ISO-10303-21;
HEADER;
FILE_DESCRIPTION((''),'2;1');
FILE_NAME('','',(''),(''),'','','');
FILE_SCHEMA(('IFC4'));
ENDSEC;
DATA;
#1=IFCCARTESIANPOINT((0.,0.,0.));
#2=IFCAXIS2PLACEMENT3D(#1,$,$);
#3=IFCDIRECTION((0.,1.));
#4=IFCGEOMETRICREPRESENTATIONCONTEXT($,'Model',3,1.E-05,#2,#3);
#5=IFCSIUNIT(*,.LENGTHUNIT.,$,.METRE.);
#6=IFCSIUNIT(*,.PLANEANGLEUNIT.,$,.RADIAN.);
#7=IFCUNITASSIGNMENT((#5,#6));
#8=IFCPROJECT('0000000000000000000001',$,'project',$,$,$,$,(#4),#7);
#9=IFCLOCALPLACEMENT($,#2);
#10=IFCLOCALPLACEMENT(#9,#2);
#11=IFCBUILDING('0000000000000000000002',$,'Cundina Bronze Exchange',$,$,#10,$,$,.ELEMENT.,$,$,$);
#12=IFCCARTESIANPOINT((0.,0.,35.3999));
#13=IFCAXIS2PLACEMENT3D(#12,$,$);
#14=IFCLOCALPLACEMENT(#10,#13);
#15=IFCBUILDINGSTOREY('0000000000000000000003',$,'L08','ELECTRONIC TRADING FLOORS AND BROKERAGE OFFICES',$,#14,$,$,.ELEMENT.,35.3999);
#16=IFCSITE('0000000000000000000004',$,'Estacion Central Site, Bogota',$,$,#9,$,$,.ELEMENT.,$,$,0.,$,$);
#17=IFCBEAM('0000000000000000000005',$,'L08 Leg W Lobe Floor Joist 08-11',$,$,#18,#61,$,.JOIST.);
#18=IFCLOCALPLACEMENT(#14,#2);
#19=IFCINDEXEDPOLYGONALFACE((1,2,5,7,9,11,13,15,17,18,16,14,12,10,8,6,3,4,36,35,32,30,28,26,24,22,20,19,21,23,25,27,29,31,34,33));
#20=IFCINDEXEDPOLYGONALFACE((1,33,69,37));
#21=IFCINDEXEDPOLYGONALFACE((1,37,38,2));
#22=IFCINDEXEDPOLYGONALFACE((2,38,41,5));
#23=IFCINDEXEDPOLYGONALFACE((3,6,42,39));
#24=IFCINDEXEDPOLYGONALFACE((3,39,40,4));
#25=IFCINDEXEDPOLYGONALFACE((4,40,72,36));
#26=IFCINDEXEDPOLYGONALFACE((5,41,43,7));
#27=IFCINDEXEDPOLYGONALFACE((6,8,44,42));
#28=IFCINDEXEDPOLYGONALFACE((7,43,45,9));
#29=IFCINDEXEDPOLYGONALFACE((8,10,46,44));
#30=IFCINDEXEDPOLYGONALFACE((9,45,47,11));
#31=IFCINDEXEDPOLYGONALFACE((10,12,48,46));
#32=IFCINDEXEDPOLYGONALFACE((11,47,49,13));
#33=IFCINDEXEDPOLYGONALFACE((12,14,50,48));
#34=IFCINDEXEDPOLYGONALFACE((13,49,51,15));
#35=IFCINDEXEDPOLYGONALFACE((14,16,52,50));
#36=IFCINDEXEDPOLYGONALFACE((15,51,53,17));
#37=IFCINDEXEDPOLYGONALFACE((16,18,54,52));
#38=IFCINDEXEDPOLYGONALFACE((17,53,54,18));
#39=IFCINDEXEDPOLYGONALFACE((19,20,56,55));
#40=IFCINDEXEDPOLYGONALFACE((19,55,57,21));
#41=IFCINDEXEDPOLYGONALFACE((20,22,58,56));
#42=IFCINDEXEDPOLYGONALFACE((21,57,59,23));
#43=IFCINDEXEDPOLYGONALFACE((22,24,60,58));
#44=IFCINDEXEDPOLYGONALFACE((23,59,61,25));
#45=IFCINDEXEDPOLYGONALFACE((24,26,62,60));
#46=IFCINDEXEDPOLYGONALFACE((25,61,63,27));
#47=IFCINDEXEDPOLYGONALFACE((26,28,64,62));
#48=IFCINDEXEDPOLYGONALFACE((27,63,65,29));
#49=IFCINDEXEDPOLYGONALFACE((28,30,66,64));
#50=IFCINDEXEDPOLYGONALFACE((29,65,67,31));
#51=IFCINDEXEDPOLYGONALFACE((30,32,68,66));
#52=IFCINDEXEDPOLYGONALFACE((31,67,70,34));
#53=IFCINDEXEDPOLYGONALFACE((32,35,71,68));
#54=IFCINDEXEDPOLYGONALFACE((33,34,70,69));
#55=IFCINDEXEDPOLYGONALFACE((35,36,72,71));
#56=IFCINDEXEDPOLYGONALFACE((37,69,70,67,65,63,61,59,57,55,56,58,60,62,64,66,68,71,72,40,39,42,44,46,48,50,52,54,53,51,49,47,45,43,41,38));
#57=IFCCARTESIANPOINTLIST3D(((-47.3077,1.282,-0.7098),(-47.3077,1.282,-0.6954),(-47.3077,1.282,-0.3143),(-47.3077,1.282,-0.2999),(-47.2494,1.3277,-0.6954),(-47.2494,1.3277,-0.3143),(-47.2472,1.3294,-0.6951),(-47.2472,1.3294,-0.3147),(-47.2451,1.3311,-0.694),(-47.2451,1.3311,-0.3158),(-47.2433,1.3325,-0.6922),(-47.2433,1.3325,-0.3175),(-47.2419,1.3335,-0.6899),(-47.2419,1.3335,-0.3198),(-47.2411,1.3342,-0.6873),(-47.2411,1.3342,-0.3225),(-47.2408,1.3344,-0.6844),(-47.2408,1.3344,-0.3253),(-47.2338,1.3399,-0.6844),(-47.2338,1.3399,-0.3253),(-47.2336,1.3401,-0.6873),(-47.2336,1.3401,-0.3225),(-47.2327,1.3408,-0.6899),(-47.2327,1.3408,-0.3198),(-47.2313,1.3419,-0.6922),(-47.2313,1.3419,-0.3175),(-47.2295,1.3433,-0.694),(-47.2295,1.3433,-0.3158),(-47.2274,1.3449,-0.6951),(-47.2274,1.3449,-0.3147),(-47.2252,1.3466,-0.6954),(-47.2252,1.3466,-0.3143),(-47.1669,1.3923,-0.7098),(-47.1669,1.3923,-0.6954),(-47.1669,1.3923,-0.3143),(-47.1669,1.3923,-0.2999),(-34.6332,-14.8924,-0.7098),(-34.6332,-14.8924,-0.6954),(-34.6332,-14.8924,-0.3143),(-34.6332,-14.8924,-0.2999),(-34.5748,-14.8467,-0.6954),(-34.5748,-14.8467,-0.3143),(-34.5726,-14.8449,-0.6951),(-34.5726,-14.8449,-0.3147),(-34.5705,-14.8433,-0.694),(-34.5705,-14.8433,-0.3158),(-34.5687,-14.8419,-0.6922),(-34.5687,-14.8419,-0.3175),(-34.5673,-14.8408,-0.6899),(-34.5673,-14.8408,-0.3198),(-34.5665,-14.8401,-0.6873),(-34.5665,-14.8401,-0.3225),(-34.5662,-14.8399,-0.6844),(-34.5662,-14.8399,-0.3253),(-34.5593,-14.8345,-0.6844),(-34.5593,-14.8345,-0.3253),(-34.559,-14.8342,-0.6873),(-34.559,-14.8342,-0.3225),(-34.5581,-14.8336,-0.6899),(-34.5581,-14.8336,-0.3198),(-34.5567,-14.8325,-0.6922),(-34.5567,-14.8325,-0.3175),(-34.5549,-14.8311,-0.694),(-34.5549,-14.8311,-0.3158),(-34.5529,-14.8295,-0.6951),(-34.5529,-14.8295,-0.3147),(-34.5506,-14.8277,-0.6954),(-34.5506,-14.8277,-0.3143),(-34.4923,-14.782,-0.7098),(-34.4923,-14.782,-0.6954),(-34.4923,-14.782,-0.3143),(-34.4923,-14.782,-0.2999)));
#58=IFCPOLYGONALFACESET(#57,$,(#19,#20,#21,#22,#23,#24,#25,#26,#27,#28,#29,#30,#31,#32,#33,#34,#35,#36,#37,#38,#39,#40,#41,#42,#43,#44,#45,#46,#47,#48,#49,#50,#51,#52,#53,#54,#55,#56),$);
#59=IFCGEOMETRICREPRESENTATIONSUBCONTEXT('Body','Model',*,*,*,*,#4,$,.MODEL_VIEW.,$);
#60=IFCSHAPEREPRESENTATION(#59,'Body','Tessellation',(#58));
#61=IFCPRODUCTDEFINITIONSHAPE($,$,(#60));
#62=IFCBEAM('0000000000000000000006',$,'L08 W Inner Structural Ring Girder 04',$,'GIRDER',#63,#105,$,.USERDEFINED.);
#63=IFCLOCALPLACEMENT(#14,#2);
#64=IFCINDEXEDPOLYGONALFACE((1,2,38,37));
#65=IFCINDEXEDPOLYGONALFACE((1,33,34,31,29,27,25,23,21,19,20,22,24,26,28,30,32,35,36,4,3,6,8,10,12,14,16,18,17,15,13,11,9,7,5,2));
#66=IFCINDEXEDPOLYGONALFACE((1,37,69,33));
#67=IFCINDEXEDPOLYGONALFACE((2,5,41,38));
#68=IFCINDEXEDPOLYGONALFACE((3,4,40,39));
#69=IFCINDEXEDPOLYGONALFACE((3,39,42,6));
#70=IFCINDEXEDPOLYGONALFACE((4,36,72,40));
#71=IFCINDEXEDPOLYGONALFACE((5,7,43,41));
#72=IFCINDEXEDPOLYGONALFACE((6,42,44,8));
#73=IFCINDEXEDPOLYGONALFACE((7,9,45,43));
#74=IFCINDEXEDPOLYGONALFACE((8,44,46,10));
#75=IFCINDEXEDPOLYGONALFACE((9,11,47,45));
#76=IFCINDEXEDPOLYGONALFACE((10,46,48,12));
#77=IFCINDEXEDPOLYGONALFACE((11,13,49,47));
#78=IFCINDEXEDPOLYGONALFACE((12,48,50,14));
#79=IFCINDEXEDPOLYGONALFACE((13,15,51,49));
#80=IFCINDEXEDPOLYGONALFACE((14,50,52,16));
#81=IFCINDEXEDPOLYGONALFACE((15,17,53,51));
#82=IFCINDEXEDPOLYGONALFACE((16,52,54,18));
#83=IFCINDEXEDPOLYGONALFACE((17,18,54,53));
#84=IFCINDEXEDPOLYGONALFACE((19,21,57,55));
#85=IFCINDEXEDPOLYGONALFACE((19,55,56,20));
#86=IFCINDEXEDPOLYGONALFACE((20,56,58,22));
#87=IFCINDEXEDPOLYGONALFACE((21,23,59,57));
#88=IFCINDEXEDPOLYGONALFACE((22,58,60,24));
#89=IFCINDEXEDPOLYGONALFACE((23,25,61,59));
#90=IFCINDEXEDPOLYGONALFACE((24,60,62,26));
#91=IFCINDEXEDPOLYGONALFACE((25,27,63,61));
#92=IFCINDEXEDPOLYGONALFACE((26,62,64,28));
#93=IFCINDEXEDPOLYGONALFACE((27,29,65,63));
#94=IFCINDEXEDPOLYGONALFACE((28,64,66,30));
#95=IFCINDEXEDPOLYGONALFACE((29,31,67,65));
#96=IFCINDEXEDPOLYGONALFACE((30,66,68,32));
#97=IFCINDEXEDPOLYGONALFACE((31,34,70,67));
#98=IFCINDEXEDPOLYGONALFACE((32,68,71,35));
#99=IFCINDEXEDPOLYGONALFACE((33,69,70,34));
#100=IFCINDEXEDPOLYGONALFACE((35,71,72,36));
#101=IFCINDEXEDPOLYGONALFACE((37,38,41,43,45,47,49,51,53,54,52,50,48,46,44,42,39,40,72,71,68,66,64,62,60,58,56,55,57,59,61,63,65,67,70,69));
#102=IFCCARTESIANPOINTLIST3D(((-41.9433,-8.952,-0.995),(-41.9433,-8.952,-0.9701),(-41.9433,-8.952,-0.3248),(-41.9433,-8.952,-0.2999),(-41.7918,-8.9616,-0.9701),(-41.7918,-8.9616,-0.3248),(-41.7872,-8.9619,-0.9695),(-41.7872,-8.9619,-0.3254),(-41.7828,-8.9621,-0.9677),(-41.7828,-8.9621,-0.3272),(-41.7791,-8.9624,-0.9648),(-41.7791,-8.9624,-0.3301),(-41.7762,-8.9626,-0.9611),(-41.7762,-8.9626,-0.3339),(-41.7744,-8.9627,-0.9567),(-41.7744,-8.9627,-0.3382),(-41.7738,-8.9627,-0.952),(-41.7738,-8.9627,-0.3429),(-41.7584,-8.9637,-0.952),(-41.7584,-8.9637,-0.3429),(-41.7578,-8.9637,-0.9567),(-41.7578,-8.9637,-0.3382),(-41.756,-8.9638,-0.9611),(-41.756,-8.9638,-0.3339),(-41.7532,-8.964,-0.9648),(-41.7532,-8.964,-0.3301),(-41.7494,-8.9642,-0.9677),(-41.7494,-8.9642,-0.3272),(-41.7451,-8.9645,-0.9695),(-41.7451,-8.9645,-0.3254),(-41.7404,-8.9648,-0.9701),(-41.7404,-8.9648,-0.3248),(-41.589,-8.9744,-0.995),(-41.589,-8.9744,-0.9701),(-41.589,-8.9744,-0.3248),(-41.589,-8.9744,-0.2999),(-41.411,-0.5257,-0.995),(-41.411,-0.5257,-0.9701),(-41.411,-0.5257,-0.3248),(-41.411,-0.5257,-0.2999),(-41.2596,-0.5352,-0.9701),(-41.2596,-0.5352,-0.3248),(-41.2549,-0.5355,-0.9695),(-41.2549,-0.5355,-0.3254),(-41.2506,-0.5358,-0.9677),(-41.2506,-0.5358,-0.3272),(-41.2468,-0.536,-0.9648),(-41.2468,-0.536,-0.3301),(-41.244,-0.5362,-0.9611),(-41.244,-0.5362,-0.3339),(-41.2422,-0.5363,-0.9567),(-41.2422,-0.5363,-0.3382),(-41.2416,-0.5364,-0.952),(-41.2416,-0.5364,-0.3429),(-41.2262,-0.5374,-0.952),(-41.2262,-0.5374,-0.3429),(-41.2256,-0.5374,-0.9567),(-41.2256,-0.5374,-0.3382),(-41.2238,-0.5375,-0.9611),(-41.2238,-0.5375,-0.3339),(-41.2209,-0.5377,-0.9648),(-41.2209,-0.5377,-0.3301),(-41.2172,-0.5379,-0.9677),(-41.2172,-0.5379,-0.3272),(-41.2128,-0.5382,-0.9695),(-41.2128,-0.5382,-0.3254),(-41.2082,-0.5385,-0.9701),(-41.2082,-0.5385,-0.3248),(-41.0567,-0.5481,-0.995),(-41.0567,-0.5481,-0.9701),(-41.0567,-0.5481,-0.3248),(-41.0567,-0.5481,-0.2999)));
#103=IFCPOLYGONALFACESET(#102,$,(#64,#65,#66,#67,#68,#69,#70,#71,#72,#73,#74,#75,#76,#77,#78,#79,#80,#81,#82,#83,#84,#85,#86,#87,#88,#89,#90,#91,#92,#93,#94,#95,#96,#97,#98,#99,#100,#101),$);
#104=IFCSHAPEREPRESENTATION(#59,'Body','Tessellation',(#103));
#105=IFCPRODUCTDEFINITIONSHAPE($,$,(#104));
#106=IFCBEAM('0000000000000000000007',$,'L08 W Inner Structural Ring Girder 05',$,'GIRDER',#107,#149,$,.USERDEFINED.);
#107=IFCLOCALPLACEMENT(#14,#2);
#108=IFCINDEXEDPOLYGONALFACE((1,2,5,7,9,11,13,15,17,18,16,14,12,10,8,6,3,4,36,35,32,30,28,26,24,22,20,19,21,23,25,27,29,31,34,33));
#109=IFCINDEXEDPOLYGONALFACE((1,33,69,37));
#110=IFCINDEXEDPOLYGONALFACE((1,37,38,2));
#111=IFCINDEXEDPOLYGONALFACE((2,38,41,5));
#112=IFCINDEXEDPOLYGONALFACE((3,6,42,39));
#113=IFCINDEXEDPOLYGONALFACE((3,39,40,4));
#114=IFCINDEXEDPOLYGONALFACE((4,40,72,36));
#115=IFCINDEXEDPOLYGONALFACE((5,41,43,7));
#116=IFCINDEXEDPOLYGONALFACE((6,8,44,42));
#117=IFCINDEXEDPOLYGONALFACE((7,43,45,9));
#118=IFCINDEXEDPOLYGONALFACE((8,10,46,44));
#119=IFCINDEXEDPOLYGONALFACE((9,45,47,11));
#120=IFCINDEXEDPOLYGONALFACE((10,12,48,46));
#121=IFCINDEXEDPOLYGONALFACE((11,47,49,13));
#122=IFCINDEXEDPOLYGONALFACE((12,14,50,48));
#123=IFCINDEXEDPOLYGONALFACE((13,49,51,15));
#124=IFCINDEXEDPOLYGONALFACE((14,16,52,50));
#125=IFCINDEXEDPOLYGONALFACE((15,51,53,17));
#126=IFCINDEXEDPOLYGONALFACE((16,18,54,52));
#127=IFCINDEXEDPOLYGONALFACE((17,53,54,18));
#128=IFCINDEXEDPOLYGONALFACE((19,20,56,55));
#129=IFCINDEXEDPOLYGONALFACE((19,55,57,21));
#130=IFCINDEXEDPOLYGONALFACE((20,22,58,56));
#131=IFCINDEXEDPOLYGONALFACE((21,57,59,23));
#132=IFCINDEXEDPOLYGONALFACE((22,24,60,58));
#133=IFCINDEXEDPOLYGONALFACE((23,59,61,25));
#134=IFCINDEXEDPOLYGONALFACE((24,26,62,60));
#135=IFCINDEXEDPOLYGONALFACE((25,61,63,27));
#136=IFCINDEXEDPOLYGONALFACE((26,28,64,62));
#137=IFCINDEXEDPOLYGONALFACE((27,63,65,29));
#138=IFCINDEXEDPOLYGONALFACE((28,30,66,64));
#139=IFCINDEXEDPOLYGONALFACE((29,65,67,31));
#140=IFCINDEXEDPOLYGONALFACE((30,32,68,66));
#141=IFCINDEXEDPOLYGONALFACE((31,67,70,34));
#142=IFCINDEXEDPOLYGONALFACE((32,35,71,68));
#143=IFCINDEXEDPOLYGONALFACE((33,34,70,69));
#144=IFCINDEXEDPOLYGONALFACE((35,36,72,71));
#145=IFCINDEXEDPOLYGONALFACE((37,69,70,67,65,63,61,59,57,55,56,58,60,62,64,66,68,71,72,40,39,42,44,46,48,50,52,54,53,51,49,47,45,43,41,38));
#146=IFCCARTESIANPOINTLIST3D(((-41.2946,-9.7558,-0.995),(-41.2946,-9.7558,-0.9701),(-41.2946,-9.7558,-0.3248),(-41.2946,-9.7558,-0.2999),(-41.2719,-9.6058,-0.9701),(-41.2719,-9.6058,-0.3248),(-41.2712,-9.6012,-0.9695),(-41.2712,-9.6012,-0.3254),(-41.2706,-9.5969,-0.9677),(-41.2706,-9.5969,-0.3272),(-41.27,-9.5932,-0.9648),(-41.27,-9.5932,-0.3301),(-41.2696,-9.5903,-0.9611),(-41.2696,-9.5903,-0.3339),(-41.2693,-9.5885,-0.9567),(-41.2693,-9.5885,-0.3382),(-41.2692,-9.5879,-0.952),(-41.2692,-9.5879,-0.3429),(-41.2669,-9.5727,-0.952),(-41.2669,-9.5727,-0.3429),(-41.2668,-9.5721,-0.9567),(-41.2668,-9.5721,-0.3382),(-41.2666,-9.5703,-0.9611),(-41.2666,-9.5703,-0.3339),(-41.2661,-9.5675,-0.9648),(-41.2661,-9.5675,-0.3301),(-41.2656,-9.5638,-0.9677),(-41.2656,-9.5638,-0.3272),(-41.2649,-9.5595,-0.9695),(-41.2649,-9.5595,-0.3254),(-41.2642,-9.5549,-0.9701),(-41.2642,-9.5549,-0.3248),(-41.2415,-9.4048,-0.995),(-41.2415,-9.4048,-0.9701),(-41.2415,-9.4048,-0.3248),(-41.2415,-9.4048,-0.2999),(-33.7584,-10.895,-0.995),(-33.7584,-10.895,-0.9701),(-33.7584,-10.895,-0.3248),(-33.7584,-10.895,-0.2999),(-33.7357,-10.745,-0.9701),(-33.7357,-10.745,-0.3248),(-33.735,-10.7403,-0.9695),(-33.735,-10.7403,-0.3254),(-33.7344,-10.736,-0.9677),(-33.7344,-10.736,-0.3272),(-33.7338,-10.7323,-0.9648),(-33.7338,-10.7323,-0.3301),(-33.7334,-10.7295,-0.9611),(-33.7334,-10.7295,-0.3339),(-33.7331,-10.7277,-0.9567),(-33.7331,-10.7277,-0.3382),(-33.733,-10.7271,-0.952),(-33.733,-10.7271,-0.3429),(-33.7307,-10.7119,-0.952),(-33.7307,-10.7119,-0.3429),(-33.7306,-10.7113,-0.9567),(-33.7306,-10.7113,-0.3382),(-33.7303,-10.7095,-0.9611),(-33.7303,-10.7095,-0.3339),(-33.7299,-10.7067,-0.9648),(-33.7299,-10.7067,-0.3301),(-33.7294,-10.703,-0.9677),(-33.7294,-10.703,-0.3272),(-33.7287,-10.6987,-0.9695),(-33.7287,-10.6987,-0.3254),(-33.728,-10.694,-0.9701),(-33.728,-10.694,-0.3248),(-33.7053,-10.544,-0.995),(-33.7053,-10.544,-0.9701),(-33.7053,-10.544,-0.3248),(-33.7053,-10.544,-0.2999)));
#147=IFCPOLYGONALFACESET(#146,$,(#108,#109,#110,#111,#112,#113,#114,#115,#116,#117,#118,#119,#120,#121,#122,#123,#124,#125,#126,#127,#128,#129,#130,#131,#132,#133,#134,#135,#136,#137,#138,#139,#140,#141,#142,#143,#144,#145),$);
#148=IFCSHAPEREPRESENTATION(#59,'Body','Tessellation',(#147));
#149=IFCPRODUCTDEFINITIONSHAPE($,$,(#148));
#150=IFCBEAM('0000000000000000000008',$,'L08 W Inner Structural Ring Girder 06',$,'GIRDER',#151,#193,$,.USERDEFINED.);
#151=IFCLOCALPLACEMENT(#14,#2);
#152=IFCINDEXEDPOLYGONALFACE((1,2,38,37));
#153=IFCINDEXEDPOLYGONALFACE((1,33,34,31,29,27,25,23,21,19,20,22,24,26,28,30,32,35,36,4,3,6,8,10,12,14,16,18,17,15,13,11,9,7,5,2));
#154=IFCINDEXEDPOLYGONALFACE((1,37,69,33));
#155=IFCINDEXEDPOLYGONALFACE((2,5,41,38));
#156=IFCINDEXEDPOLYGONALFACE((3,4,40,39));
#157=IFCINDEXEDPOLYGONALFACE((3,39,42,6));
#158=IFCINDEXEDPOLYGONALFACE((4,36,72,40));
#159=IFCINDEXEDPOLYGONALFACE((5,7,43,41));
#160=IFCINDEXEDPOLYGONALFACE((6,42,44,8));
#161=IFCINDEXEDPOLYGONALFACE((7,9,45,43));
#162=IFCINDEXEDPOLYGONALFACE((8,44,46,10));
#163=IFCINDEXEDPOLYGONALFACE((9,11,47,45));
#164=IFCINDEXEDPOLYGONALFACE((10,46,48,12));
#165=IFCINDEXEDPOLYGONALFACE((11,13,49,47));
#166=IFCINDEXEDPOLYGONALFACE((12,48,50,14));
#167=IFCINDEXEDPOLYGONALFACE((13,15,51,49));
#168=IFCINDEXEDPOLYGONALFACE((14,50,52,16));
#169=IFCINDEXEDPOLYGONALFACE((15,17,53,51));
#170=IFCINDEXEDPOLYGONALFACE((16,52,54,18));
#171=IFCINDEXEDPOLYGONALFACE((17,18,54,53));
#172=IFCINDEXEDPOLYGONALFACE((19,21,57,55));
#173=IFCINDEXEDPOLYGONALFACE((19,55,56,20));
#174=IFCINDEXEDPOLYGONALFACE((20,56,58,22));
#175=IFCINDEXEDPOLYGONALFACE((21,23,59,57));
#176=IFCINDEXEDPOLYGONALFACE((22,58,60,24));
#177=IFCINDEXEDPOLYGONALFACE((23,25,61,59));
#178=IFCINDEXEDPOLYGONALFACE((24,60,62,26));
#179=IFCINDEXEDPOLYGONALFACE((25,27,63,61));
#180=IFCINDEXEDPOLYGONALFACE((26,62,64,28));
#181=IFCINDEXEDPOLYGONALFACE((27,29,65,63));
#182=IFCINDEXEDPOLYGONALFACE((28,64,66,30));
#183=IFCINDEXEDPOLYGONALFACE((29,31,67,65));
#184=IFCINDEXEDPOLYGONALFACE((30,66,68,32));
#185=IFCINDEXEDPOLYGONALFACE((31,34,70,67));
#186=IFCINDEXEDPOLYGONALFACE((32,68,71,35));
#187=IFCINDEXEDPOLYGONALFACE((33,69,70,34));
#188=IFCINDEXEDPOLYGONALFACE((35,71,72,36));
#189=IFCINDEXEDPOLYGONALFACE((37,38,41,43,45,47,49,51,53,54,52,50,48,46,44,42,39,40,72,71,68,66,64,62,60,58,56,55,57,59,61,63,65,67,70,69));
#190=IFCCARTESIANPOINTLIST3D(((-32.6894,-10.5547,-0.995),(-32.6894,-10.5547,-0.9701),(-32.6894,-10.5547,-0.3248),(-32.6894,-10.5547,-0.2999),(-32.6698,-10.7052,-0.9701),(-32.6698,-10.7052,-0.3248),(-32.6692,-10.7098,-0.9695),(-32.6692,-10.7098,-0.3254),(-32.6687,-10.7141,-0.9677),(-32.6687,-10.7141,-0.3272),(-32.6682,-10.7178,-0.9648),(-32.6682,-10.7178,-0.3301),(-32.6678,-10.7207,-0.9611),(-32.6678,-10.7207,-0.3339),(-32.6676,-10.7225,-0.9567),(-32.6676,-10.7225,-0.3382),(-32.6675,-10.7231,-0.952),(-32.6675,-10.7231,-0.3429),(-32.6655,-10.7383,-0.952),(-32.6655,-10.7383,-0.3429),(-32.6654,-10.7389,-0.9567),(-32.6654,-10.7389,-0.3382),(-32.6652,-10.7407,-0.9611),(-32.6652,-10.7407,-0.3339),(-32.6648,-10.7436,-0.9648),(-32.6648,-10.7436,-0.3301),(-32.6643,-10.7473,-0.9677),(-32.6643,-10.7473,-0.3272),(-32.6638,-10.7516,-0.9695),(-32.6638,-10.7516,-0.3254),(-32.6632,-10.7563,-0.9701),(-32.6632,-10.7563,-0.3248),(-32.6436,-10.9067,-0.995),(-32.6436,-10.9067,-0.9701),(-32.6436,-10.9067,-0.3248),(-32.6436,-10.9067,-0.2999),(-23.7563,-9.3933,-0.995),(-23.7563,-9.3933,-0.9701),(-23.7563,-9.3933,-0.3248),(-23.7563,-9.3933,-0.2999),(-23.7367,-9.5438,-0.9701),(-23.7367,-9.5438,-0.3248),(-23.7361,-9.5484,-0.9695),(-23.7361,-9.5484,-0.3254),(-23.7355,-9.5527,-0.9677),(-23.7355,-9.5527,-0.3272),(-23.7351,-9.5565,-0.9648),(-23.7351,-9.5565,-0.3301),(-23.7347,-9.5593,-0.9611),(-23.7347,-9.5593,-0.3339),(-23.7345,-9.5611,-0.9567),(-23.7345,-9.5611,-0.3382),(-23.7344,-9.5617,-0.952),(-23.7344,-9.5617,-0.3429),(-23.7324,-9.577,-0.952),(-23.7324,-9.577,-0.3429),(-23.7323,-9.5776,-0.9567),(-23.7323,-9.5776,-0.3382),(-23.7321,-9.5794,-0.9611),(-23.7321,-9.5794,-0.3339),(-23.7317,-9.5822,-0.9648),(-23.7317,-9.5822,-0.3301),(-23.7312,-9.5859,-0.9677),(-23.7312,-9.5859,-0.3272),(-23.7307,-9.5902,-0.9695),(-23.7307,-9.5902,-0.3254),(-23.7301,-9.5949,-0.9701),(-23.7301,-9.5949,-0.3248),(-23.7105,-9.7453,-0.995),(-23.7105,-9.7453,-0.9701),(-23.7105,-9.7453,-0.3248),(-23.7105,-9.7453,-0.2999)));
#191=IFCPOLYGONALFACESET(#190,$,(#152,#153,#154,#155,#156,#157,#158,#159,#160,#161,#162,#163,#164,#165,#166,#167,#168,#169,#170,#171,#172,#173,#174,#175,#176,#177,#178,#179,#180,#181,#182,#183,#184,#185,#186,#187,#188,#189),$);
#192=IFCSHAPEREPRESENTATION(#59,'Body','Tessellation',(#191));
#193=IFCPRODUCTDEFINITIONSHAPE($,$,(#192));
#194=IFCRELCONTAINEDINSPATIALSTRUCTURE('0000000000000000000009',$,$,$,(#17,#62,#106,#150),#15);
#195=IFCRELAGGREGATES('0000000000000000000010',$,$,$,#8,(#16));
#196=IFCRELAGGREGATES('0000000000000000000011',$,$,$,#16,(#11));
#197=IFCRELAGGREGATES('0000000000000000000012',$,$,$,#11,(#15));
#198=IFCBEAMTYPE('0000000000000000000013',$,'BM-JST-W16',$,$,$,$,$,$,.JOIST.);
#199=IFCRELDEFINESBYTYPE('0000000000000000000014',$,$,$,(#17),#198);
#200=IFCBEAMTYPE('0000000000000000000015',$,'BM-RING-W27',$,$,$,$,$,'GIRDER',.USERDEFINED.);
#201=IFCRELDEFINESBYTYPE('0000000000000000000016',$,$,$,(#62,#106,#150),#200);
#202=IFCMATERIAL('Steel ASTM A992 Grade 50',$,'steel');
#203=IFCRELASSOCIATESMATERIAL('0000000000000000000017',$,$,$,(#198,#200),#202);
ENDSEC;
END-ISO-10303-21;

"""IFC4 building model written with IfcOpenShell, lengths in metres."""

from ifc_helpers import new_model, si_unit, direction, frame, origin, origin_2d, place, context, subcontext, project, spatial, i_section, extrude, material, material_profile, profile_set, type_object, element, save


model = new_model("IFC4")

# Units and contexts
model_context = context("Model", 3, precision=1e-05, world=origin(), true_north=direction((0.0, 1.0)))
body_context = subcontext(model_context, "Body", "Model", "MODEL_VIEW")
ifc_project = project(units=[si_unit("LENGTHUNIT", "METRE"), si_unit("PLANEANGLEUNIT", "RADIAN")], contexts=[model_context])

# Site, building, storey
site_placement = place(None, origin())
site = spatial("IfcSite", under=ifc_project, at=site_placement, Name="Estacion Central Site, Bogota", CompositionType="ELEMENT", RefElevation=0.0)
building_placement = place(site_placement, origin())
building = spatial("IfcBuilding", under=site, at=building_placement, Name="Cundina Bronze Exchange", CompositionType="ELEMENT")
storey_placement = place(building_placement, frame((0.0, 0.0, 35.3999)))
storey = spatial("IfcBuildingStorey", under=building, at=storey_placement, Name="L08", Description="ELECTRONIC TRADING FLOORS AND BROKERAGE OFFICES", CompositionType="ELEMENT", Elevation=35.3999)

# Beams
ifc_material_1 = material(Name="Steel ASTM A992 Grade 50", Category="steel")
ifc_material_profile_1 = material_profile(ifc_material_1, i_section(OverallWidth=0.179, OverallDepth=0.4099, WebThickness=0.0088, FlangeThickness=0.0144, FilletRadius=0.011, at=origin_2d()), Name="W16X45", Category="steel")
ifc_profile_set_1 = profile_set([ifc_material_profile_1], Name="Steel ASTM A992 Grade 50")
beam_type_1 = type_object("IfcBeamType", Name="BM-JST-W16", PredefinedType="JOIST", material=ifc_profile_set_1)
beam_1_placement = place(storey_placement, frame((-47.2373, 1.3372, -0.5049), z_axis=(0.616803, -0.787117, 0.0), x_axis=(0.787117, 0.616803, 0.0)))
element("IfcBeam", 1, at=beam_1_placement, inside=storey, type_object=beam_type_1, Name="L08 Leg W Lobe Floor Joist 08-11", PredefinedType="JOIST", context=body_context, shape_type="SweptSolid", body=[
    extrude(i_section(OverallWidth=0.179, OverallDepth=0.4099, WebThickness=0.0088, FlangeThickness=0.0144, FilletRadius=0.011, at=origin_2d()), origin(), (0.0, 0.0, 1.0), 20.5488),
])
ifc_material_profile_2 = material_profile(ifc_material_1, i_section(OverallWidth=0.355, OverallDepth=0.6951, WebThickness=0.0154, FlangeThickness=0.0249, FilletRadius=0.0181, at=origin_2d()), Name="W27X146", Category="steel")
ifc_profile_set_2 = profile_set([ifc_material_profile_2], Name="Steel ASTM A992 Grade 50")
beam_type_2 = type_object("IfcBeamType", Name="BM-RING-W27", ElementType="GIRDER", PredefinedType="USERDEFINED", material=ifc_profile_set_2)
beam_2_placement = place(storey_placement, frame((-41.2339, -0.5369, -0.6475), z_axis=(-0.063037, -0.998011, 0.0), x_axis=(0.998011, -0.063037, 0.0)))
element("IfcBeam", 2, at=beam_2_placement, inside=storey, type_object=beam_type_2, Name="L08 W Inner Structural Ring Girder 04", ObjectType="GIRDER", PredefinedType="USERDEFINED", context=body_context, shape_type="SweptSolid", body=[
    extrude(i_section(OverallWidth=0.355, OverallDepth=0.6951, WebThickness=0.0154, FlangeThickness=0.0249, FilletRadius=0.0181, at=origin_2d()), origin(), (0.0, 0.0, 1.0), 8.4431),
])
beam_3_placement = place(storey_placement, frame((-41.2681, -9.5803, -0.6475), z_axis=(0.988767, -0.149462, 0.0), x_axis=(0.149462, 0.988767, 0.0)))
element("IfcBeam", 3, at=beam_3_placement, inside=storey, type_object=beam_type_2, Name="L08 W Inner Structural Ring Girder 05", ObjectType="GIRDER", PredefinedType="USERDEFINED", context=body_context, shape_type="SweptSolid", body=[
    extrude(i_section(OverallWidth=0.355, OverallDepth=0.6951, WebThickness=0.0154, FlangeThickness=0.0249, FilletRadius=0.0181, at=origin_2d()), origin(), (0.0, 0.0, 1.0), 7.6218),
])
beam_4_placement = place(storey_placement, frame((-32.6665, -10.7307, -0.6475), z_axis=(0.991655, 0.128923, 0.0), x_axis=(-0.128923, 0.991655, 0.0)))
element("IfcBeam", 4, at=beam_4_placement, inside=storey, type_object=beam_type_2, Name="L08 W Inner Structural Ring Girder 06", ObjectType="GIRDER", PredefinedType="USERDEFINED", context=body_context, shape_type="SweptSolid", body=[
    extrude(i_section(OverallWidth=0.355, OverallDepth=0.6951, WebThickness=0.0154, FlangeThickness=0.0249, FilletRadius=0.0181, at=origin_2d()), origin(), (0.0, 0.0, 1.0), 9.0083),
])

save(model, "model.ifc")
